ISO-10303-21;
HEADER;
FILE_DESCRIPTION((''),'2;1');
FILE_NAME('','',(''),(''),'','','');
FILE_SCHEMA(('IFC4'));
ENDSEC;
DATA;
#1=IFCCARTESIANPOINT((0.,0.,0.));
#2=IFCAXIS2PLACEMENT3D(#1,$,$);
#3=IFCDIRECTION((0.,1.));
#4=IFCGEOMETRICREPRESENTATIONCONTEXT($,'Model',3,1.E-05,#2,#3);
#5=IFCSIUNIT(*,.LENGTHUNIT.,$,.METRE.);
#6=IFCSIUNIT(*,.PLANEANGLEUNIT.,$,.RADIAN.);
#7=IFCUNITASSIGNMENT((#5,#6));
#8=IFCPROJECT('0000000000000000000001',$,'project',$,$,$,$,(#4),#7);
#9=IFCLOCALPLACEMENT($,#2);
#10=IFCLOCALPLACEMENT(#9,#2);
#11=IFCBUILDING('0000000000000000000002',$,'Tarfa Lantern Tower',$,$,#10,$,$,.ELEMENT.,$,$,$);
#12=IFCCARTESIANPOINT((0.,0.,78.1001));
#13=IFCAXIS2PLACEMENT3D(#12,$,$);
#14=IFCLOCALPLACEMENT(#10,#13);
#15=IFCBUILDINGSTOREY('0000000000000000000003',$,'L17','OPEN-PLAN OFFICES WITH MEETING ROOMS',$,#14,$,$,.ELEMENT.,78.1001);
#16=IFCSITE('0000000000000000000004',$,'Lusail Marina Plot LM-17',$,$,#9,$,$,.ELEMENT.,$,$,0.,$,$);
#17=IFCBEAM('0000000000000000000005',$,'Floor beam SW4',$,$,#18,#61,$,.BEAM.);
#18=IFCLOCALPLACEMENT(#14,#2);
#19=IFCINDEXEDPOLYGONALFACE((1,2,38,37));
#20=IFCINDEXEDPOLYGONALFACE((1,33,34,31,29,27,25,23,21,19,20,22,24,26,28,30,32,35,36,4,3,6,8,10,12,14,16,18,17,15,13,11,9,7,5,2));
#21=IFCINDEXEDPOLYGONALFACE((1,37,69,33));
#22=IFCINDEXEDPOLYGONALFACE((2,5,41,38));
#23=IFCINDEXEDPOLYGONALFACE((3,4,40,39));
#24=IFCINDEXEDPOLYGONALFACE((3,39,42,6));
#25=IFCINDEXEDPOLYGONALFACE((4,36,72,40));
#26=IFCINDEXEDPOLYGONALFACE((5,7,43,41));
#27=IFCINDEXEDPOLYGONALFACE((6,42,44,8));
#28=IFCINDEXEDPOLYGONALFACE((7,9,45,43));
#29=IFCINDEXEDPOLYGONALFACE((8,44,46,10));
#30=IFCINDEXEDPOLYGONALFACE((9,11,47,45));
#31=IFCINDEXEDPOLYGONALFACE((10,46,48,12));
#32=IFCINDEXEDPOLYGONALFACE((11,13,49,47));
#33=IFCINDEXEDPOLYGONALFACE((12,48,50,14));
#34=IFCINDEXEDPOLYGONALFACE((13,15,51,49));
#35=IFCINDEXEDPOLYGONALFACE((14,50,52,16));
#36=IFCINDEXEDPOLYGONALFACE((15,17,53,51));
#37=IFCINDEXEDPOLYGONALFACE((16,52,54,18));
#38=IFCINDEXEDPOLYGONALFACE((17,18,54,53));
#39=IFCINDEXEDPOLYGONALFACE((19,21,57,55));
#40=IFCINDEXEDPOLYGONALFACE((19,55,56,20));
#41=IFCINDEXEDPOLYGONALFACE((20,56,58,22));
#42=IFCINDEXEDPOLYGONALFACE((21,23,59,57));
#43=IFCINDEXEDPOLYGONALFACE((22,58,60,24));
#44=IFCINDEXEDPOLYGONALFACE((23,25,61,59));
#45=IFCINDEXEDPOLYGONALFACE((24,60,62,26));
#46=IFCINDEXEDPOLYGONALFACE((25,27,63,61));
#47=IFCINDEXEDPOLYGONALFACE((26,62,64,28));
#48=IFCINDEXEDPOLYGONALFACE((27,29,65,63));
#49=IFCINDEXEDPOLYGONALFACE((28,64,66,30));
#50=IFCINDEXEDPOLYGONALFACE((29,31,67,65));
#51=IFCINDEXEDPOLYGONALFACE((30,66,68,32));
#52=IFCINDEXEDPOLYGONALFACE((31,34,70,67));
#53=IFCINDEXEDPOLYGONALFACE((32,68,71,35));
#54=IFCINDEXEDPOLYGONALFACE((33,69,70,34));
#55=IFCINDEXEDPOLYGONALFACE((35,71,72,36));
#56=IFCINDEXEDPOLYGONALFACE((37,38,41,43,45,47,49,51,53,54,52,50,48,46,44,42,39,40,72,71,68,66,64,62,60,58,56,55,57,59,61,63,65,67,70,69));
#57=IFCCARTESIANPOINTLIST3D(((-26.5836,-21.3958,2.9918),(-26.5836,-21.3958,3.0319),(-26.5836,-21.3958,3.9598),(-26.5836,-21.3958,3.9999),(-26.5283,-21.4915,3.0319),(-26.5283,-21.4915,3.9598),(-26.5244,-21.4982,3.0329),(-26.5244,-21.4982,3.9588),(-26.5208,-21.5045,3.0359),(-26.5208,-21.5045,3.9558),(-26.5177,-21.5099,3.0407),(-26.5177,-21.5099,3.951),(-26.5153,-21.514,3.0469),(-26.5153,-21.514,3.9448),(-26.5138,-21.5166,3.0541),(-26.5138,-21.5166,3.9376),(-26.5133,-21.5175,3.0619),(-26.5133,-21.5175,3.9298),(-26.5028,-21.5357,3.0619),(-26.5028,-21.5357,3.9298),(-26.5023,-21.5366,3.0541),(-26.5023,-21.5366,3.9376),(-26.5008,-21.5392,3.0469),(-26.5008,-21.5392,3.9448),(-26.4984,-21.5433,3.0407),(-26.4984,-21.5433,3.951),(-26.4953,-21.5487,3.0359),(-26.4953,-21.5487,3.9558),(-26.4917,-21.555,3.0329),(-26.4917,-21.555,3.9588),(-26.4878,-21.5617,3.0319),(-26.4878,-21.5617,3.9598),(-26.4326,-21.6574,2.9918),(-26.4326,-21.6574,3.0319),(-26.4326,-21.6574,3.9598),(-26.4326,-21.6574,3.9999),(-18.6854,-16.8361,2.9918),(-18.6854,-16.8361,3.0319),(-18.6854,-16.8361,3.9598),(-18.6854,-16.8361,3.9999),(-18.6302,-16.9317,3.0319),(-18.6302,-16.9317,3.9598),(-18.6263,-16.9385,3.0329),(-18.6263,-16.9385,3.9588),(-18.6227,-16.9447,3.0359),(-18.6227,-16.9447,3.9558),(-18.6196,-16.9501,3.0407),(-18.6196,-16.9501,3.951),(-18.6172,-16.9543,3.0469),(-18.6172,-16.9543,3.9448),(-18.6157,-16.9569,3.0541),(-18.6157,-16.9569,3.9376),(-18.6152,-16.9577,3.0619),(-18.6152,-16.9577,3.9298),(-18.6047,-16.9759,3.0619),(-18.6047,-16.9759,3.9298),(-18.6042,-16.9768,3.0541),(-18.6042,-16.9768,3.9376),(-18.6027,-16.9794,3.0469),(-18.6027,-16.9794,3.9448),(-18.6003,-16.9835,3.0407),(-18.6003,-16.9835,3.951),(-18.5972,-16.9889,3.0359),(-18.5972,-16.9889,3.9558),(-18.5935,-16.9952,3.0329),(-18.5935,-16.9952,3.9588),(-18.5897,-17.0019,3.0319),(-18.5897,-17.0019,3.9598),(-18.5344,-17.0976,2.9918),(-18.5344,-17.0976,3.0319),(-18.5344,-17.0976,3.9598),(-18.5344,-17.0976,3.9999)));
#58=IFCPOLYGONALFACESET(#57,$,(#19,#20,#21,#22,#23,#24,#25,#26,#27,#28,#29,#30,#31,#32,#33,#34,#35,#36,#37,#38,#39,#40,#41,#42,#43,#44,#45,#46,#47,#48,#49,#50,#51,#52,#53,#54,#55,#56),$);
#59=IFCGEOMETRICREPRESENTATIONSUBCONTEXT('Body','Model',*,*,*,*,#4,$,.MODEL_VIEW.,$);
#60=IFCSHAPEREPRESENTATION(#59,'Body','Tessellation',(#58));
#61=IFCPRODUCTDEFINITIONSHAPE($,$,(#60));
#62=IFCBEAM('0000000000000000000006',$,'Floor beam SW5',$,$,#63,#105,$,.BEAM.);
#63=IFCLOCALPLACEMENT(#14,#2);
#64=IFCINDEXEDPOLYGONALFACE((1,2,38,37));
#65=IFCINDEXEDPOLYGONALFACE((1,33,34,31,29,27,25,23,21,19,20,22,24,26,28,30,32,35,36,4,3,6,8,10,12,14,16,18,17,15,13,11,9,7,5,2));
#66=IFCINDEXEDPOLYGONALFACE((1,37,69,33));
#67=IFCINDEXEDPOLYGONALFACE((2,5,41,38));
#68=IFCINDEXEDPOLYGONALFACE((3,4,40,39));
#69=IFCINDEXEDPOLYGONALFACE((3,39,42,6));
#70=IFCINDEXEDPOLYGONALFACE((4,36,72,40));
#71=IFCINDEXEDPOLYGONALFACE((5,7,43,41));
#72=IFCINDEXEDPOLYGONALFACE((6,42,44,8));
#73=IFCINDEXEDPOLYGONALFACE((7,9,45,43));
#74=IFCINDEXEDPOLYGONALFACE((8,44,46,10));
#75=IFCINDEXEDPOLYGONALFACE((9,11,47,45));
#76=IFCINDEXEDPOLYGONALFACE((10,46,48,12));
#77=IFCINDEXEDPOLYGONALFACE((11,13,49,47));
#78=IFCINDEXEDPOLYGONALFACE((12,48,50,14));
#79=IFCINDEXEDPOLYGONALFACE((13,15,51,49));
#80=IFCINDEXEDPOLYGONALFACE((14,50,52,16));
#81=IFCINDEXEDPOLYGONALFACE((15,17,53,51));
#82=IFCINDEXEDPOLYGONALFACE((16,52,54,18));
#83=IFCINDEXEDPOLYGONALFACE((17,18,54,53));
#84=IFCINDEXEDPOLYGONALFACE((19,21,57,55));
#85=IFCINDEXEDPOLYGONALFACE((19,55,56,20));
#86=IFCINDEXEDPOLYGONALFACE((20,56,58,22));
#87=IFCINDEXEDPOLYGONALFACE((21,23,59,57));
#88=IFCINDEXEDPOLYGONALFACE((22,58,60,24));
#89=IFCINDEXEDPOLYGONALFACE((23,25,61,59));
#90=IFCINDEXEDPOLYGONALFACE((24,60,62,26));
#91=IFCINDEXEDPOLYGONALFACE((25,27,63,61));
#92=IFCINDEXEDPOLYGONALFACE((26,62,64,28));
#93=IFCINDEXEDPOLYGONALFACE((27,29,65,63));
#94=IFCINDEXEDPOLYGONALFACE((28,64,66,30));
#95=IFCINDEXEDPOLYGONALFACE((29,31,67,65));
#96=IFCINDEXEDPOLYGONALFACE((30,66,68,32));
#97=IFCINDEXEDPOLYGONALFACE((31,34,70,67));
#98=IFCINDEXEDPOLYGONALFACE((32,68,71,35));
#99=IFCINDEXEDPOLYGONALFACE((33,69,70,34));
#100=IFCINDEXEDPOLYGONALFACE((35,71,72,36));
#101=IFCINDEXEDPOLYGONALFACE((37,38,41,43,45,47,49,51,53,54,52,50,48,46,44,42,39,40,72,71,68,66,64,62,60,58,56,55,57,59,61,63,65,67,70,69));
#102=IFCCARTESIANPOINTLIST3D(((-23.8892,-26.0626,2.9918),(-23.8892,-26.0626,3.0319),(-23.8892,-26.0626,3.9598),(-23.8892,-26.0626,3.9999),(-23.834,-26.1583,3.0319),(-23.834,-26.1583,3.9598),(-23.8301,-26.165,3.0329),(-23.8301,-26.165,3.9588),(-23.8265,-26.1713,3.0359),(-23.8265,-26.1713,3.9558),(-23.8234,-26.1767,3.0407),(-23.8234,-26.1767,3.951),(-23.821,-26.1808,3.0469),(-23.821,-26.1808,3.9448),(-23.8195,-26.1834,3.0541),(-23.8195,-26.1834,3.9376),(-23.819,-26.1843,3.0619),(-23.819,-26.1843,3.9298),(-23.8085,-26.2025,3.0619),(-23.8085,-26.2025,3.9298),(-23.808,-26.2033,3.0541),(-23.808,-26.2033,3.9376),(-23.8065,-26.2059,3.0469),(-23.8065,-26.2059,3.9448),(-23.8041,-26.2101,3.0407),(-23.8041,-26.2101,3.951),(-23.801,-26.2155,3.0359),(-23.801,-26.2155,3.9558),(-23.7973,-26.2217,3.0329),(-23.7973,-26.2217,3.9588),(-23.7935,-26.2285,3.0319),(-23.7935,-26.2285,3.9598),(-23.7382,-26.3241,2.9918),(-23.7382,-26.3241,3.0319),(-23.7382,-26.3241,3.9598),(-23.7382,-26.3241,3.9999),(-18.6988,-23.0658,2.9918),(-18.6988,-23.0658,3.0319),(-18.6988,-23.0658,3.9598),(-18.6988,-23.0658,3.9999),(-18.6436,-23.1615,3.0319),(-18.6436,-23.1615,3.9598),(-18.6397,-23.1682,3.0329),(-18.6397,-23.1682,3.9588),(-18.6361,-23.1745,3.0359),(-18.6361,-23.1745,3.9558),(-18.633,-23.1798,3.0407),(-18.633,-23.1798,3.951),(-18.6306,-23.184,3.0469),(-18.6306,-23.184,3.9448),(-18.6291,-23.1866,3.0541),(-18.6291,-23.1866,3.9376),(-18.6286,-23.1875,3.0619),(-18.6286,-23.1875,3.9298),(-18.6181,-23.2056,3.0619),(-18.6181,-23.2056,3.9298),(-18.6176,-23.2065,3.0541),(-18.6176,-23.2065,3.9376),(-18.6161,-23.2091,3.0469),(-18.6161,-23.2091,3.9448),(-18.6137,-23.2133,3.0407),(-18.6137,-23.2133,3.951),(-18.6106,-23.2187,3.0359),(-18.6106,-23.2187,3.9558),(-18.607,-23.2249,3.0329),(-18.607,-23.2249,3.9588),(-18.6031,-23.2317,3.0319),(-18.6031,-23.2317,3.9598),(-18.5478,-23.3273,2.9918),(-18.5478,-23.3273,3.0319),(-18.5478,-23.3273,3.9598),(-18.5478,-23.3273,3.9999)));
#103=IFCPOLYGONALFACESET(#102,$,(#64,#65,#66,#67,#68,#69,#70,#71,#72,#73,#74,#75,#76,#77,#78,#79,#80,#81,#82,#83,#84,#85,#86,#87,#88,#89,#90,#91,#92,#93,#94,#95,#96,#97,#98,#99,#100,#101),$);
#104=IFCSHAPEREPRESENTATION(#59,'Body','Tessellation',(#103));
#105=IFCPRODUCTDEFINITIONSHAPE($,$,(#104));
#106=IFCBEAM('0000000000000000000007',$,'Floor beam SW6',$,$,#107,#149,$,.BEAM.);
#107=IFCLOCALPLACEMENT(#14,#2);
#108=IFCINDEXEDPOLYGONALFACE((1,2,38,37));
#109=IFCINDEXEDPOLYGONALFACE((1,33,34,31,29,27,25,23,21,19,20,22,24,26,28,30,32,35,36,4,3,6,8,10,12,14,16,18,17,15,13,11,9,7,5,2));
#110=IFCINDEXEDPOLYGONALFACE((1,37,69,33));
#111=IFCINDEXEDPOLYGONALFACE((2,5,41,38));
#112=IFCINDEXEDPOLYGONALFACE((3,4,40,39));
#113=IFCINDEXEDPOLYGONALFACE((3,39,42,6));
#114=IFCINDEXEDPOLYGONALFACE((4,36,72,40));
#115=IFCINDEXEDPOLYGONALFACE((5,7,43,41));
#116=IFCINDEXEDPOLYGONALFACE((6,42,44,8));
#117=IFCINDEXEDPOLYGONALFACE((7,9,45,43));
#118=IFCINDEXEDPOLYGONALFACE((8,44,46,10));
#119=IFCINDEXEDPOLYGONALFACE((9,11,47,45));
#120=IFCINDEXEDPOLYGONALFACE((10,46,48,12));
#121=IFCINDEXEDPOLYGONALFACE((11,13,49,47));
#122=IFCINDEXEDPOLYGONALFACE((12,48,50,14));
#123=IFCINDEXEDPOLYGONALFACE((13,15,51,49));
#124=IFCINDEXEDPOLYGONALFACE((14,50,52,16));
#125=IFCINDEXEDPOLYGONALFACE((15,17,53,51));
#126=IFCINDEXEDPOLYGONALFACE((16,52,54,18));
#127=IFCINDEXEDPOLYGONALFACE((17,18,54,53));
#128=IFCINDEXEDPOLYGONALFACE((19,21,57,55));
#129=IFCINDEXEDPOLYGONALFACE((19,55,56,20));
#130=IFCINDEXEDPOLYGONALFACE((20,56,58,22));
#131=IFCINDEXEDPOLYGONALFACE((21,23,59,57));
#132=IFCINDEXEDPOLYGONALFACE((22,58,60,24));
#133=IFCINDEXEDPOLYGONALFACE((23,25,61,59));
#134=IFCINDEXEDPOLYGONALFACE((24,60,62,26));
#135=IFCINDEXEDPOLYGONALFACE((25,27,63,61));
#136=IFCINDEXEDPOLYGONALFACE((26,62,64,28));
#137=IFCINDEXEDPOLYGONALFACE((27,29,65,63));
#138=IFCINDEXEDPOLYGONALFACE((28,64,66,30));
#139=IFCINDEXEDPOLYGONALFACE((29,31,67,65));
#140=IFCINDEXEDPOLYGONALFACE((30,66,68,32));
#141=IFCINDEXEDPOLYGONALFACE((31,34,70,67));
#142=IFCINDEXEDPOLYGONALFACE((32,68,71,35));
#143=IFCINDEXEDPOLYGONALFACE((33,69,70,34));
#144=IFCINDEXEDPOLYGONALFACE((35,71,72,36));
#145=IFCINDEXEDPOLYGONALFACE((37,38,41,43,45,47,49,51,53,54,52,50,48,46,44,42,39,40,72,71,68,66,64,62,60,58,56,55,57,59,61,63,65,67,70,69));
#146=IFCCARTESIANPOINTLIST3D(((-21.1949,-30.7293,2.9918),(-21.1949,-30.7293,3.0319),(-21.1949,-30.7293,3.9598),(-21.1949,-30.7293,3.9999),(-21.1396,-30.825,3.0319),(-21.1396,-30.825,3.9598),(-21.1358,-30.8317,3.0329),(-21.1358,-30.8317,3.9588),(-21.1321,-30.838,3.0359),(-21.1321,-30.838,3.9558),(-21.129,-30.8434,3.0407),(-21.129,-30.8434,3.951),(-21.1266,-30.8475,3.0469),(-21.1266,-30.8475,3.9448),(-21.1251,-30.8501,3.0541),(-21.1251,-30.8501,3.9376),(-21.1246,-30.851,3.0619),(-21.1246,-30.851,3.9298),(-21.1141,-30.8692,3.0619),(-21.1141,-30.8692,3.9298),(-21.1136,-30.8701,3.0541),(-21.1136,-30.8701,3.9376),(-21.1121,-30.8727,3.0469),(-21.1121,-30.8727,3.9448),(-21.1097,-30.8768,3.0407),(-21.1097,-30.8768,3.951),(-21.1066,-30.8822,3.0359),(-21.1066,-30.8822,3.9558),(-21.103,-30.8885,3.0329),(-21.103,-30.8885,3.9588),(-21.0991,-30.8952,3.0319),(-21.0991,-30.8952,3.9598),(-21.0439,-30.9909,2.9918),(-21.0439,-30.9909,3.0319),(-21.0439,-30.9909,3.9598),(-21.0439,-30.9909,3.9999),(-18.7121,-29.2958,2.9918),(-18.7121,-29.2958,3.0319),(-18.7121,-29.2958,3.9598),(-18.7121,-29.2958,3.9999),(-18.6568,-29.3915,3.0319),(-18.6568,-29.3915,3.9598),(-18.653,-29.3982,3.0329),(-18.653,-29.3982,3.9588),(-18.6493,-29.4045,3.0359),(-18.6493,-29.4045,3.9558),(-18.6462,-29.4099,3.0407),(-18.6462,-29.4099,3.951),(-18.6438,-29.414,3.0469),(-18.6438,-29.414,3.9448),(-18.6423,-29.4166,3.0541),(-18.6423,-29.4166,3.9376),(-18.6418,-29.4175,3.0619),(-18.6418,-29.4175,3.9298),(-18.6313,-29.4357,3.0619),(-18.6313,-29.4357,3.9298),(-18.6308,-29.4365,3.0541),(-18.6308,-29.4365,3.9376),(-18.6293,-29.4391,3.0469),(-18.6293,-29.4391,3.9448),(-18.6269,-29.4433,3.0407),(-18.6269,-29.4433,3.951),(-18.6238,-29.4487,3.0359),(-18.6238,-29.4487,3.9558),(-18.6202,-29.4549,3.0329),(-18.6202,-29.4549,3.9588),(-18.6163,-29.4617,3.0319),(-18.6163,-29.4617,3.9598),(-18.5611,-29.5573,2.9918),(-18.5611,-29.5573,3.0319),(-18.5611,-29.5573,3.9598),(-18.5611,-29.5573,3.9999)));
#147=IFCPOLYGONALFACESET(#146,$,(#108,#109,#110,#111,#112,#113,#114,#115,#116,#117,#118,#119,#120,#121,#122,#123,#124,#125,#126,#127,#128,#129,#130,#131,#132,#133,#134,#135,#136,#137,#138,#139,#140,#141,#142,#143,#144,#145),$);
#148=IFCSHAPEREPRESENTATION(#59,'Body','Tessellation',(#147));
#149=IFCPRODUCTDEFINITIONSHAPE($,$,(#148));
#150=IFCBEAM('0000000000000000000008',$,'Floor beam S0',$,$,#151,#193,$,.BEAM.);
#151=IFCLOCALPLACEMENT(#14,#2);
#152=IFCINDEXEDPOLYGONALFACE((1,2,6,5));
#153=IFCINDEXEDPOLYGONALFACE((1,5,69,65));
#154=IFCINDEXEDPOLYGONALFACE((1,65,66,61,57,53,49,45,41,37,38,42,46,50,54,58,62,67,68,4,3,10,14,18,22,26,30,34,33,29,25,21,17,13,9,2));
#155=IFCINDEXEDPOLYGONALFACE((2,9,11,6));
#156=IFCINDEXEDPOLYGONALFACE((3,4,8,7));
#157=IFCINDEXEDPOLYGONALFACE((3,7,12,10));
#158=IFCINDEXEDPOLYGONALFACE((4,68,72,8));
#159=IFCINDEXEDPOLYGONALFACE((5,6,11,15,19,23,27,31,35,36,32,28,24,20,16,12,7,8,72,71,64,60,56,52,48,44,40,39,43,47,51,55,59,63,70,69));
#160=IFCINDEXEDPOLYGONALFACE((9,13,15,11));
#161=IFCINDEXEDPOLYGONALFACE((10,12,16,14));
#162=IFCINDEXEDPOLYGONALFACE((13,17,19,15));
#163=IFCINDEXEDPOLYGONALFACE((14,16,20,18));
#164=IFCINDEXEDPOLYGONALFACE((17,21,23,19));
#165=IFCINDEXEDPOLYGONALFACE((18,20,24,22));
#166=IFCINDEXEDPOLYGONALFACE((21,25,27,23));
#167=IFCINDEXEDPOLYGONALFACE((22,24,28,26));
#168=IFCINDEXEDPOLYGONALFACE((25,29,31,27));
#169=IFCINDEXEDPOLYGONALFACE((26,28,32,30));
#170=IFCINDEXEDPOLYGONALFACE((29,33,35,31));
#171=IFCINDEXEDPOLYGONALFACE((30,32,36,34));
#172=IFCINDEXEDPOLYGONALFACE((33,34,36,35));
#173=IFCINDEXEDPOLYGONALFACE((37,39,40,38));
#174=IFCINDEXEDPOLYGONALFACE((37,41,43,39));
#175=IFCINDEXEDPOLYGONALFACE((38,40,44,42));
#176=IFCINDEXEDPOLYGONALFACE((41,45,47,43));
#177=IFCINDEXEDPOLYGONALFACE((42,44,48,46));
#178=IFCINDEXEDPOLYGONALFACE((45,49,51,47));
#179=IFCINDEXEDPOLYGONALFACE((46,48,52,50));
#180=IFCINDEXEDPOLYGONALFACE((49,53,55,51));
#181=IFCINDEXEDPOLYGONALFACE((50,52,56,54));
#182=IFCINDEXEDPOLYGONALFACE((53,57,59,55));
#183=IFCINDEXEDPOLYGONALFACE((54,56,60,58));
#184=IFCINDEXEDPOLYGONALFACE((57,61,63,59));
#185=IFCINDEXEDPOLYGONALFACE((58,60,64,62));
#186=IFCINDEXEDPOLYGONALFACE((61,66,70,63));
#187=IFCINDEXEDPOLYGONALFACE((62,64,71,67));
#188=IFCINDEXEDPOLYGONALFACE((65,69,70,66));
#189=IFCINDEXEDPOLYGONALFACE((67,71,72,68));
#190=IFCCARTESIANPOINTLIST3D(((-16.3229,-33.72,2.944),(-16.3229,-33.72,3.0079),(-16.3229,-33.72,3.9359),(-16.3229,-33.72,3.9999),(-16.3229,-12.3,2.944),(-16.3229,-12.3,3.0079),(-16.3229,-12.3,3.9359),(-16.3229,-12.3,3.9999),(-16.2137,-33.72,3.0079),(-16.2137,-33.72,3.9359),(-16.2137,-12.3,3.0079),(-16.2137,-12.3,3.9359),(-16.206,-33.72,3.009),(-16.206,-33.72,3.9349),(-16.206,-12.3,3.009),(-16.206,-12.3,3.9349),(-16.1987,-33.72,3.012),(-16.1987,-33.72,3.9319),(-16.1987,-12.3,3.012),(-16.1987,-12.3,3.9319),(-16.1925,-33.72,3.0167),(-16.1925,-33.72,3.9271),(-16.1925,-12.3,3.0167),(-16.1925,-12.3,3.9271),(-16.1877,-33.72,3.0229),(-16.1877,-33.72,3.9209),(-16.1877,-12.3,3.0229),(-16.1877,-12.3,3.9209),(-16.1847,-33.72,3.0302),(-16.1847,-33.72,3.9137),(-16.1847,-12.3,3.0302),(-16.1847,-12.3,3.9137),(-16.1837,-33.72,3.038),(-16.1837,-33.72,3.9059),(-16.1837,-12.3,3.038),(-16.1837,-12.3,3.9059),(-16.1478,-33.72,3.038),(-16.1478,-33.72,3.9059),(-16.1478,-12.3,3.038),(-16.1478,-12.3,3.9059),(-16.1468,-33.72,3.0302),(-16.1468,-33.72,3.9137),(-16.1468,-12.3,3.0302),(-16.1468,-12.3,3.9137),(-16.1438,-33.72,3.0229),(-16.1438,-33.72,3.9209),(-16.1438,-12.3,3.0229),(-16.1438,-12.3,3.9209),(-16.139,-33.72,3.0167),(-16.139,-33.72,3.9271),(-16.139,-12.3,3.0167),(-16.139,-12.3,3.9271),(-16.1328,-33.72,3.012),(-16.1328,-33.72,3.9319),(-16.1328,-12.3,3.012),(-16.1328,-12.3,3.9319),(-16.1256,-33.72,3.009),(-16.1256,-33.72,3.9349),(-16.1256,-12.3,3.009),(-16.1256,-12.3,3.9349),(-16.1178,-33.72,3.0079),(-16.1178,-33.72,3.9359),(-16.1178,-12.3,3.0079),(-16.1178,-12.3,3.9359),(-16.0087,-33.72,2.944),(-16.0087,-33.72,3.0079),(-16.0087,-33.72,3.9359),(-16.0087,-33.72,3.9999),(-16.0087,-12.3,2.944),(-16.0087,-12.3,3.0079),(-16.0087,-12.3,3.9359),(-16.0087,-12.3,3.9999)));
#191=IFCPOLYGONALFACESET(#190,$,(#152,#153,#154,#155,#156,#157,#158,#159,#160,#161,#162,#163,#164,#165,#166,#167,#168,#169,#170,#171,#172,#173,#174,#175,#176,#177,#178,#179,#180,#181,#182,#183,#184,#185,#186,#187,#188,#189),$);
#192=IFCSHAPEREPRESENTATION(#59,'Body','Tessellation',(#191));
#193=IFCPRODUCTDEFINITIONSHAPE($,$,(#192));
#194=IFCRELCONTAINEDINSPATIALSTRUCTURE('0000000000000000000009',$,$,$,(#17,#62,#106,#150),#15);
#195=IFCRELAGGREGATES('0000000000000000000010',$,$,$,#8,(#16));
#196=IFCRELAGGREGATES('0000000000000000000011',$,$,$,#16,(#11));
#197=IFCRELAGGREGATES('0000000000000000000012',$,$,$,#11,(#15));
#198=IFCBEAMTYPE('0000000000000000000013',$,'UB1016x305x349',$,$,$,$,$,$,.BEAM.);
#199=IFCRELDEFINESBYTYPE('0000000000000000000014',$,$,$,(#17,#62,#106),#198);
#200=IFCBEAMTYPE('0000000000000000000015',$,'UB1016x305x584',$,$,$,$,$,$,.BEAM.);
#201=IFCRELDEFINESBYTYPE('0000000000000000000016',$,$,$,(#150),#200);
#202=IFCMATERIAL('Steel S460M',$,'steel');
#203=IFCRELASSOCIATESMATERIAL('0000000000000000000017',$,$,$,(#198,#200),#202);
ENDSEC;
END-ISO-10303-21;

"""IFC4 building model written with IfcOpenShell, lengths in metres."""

from ifc_helpers import new_model, si_unit, direction, frame, origin, origin_2d, place, context, subcontext, project, spatial, i_section, extrude, material, material_profile, profile_set, type_object, element, save


model = new_model("IFC4")

# Units and contexts
model_context = context("Model", 3, precision=1e-05, world=origin(), true_north=direction((0.0, 1.0)))
body_context = subcontext(model_context, "Body", "Model", "MODEL_VIEW")
ifc_project = project(units=[si_unit("LENGTHUNIT", "METRE"), si_unit("PLANEANGLEUNIT", "RADIAN")], contexts=[model_context])

# Site, building, storey
site_placement = place(None, origin())
site = spatial("IfcSite", under=ifc_project, at=site_placement, Name="Lusail Marina Plot LM-17", CompositionType="ELEMENT", RefElevation=0.0)
building_placement = place(site_placement, origin())
building = spatial("IfcBuilding", under=site, at=building_placement, Name="Tarfa Lantern Tower", CompositionType="ELEMENT")
storey_placement = place(building_placement, frame((0.0, 0.0, 78.1001)))
storey = spatial("IfcBuildingStorey", under=building, at=storey_placement, Name="L17", Description="OPEN-PLAN OFFICES WITH MEETING ROOMS", CompositionType="ELEMENT", Elevation=78.1001)

# Beams
ifc_material_1 = material(Name="Steel S460M", Category="steel")
ifc_material_profile_1 = material_profile(ifc_material_1, i_section(OverallWidth=0.302, OverallDepth=1.0081, WebThickness=0.021, FlangeThickness=0.04, FilletRadius=0.03, at=origin_2d()), Name="UB1016x305x349")
ifc_profile_set_1 = profile_set([ifc_material_profile_1], Name="Steel S460M")
beam_type_1 = type_object("IfcBeamType", Name="UB1016x305x349", PredefinedType="BEAM", material=ifc_profile_set_1)
beam_1_placement = place(storey_placement, frame((-26.5081, -21.5266, 3.4958), z_axis=(0.866035, 0.499983, 0.0), x_axis=(-0.499983, 0.866035, 0.0)))
element("IfcBeam", 1, at=beam_1_placement, inside=storey, type_object=beam_type_1, Name="Floor beam SW4", PredefinedType="BEAM", context=body_context, shape_type="SweptSolid", body=[
    extrude(i_section(OverallWidth=0.302, OverallDepth=1.0081, WebThickness=0.021, FlangeThickness=0.04, FilletRadius=0.03, at=origin_2d()), origin(), (0.0, 0.0, 1.0), 9.1199),
])
beam_2_placement = place(storey_placement, frame((-23.8137, -26.1934, 3.4958), z_axis=(0.866016, 0.500016, 0.0), x_axis=(-0.500016, 0.866016, 0.0)))
element("IfcBeam", 2, at=beam_2_placement, inside=storey, type_object=beam_type_1, Name="Floor beam SW5", PredefinedType="BEAM", context=body_context, shape_type="SweptSolid", body=[
    extrude(i_section(OverallWidth=0.302, OverallDepth=1.0081, WebThickness=0.021, FlangeThickness=0.04, FilletRadius=0.03, at=origin_2d()), origin(), (0.0, 0.0, 1.0), 5.9934),
])
beam_3_placement = place(storey_placement, frame((-21.1194, -30.8601, 3.4958), z_axis=(0.866013, 0.500022, 0.0), x_axis=(-0.500022, 0.866013, 0.0)))
element("IfcBeam", 3, at=beam_3_placement, inside=storey, type_object=beam_type_1, Name="Floor beam SW6", PredefinedType="BEAM", context=body_context, shape_type="SweptSolid", body=[
    extrude(i_section(OverallWidth=0.302, OverallDepth=1.0081, WebThickness=0.021, FlangeThickness=0.04, FilletRadius=0.03, at=origin_2d()), origin(), (0.0, 0.0, 1.0), 2.8669),
])
ifc_material_profile_2 = material_profile(ifc_material_1, i_section(OverallWidth=0.3142, OverallDepth=1.0559, WebThickness=0.0359, FlangeThickness=0.064, FilletRadius=0.03, at=origin_2d()), Name="UB1016x305x584")
ifc_profile_set_2 = profile_set([ifc_material_profile_2], Name="Steel S460M")
beam_type_2 = type_object("IfcBeamType", Name="UB1016x305x584", PredefinedType="BEAM", material=ifc_profile_set_2)
beam_4_placement = place(storey_placement, frame((-16.1658, -33.72, 3.4719), z_axis=(0.0, 1.0, 0.0), x_axis=(-1.0, 0.0, 0.0)))
element("IfcBeam", 4, at=beam_4_placement, inside=storey, type_object=beam_type_2, Name="Floor beam S0", PredefinedType="BEAM", context=body_context, shape_type="SweptSolid", body=[
    extrude(i_section(OverallWidth=0.3142, OverallDepth=1.0559, WebThickness=0.0359, FlangeThickness=0.064, FilletRadius=0.03, at=origin_2d()), origin(), (0.0, 0.0, 1.0), 21.4199),
])

save(model, "model.ifc")
